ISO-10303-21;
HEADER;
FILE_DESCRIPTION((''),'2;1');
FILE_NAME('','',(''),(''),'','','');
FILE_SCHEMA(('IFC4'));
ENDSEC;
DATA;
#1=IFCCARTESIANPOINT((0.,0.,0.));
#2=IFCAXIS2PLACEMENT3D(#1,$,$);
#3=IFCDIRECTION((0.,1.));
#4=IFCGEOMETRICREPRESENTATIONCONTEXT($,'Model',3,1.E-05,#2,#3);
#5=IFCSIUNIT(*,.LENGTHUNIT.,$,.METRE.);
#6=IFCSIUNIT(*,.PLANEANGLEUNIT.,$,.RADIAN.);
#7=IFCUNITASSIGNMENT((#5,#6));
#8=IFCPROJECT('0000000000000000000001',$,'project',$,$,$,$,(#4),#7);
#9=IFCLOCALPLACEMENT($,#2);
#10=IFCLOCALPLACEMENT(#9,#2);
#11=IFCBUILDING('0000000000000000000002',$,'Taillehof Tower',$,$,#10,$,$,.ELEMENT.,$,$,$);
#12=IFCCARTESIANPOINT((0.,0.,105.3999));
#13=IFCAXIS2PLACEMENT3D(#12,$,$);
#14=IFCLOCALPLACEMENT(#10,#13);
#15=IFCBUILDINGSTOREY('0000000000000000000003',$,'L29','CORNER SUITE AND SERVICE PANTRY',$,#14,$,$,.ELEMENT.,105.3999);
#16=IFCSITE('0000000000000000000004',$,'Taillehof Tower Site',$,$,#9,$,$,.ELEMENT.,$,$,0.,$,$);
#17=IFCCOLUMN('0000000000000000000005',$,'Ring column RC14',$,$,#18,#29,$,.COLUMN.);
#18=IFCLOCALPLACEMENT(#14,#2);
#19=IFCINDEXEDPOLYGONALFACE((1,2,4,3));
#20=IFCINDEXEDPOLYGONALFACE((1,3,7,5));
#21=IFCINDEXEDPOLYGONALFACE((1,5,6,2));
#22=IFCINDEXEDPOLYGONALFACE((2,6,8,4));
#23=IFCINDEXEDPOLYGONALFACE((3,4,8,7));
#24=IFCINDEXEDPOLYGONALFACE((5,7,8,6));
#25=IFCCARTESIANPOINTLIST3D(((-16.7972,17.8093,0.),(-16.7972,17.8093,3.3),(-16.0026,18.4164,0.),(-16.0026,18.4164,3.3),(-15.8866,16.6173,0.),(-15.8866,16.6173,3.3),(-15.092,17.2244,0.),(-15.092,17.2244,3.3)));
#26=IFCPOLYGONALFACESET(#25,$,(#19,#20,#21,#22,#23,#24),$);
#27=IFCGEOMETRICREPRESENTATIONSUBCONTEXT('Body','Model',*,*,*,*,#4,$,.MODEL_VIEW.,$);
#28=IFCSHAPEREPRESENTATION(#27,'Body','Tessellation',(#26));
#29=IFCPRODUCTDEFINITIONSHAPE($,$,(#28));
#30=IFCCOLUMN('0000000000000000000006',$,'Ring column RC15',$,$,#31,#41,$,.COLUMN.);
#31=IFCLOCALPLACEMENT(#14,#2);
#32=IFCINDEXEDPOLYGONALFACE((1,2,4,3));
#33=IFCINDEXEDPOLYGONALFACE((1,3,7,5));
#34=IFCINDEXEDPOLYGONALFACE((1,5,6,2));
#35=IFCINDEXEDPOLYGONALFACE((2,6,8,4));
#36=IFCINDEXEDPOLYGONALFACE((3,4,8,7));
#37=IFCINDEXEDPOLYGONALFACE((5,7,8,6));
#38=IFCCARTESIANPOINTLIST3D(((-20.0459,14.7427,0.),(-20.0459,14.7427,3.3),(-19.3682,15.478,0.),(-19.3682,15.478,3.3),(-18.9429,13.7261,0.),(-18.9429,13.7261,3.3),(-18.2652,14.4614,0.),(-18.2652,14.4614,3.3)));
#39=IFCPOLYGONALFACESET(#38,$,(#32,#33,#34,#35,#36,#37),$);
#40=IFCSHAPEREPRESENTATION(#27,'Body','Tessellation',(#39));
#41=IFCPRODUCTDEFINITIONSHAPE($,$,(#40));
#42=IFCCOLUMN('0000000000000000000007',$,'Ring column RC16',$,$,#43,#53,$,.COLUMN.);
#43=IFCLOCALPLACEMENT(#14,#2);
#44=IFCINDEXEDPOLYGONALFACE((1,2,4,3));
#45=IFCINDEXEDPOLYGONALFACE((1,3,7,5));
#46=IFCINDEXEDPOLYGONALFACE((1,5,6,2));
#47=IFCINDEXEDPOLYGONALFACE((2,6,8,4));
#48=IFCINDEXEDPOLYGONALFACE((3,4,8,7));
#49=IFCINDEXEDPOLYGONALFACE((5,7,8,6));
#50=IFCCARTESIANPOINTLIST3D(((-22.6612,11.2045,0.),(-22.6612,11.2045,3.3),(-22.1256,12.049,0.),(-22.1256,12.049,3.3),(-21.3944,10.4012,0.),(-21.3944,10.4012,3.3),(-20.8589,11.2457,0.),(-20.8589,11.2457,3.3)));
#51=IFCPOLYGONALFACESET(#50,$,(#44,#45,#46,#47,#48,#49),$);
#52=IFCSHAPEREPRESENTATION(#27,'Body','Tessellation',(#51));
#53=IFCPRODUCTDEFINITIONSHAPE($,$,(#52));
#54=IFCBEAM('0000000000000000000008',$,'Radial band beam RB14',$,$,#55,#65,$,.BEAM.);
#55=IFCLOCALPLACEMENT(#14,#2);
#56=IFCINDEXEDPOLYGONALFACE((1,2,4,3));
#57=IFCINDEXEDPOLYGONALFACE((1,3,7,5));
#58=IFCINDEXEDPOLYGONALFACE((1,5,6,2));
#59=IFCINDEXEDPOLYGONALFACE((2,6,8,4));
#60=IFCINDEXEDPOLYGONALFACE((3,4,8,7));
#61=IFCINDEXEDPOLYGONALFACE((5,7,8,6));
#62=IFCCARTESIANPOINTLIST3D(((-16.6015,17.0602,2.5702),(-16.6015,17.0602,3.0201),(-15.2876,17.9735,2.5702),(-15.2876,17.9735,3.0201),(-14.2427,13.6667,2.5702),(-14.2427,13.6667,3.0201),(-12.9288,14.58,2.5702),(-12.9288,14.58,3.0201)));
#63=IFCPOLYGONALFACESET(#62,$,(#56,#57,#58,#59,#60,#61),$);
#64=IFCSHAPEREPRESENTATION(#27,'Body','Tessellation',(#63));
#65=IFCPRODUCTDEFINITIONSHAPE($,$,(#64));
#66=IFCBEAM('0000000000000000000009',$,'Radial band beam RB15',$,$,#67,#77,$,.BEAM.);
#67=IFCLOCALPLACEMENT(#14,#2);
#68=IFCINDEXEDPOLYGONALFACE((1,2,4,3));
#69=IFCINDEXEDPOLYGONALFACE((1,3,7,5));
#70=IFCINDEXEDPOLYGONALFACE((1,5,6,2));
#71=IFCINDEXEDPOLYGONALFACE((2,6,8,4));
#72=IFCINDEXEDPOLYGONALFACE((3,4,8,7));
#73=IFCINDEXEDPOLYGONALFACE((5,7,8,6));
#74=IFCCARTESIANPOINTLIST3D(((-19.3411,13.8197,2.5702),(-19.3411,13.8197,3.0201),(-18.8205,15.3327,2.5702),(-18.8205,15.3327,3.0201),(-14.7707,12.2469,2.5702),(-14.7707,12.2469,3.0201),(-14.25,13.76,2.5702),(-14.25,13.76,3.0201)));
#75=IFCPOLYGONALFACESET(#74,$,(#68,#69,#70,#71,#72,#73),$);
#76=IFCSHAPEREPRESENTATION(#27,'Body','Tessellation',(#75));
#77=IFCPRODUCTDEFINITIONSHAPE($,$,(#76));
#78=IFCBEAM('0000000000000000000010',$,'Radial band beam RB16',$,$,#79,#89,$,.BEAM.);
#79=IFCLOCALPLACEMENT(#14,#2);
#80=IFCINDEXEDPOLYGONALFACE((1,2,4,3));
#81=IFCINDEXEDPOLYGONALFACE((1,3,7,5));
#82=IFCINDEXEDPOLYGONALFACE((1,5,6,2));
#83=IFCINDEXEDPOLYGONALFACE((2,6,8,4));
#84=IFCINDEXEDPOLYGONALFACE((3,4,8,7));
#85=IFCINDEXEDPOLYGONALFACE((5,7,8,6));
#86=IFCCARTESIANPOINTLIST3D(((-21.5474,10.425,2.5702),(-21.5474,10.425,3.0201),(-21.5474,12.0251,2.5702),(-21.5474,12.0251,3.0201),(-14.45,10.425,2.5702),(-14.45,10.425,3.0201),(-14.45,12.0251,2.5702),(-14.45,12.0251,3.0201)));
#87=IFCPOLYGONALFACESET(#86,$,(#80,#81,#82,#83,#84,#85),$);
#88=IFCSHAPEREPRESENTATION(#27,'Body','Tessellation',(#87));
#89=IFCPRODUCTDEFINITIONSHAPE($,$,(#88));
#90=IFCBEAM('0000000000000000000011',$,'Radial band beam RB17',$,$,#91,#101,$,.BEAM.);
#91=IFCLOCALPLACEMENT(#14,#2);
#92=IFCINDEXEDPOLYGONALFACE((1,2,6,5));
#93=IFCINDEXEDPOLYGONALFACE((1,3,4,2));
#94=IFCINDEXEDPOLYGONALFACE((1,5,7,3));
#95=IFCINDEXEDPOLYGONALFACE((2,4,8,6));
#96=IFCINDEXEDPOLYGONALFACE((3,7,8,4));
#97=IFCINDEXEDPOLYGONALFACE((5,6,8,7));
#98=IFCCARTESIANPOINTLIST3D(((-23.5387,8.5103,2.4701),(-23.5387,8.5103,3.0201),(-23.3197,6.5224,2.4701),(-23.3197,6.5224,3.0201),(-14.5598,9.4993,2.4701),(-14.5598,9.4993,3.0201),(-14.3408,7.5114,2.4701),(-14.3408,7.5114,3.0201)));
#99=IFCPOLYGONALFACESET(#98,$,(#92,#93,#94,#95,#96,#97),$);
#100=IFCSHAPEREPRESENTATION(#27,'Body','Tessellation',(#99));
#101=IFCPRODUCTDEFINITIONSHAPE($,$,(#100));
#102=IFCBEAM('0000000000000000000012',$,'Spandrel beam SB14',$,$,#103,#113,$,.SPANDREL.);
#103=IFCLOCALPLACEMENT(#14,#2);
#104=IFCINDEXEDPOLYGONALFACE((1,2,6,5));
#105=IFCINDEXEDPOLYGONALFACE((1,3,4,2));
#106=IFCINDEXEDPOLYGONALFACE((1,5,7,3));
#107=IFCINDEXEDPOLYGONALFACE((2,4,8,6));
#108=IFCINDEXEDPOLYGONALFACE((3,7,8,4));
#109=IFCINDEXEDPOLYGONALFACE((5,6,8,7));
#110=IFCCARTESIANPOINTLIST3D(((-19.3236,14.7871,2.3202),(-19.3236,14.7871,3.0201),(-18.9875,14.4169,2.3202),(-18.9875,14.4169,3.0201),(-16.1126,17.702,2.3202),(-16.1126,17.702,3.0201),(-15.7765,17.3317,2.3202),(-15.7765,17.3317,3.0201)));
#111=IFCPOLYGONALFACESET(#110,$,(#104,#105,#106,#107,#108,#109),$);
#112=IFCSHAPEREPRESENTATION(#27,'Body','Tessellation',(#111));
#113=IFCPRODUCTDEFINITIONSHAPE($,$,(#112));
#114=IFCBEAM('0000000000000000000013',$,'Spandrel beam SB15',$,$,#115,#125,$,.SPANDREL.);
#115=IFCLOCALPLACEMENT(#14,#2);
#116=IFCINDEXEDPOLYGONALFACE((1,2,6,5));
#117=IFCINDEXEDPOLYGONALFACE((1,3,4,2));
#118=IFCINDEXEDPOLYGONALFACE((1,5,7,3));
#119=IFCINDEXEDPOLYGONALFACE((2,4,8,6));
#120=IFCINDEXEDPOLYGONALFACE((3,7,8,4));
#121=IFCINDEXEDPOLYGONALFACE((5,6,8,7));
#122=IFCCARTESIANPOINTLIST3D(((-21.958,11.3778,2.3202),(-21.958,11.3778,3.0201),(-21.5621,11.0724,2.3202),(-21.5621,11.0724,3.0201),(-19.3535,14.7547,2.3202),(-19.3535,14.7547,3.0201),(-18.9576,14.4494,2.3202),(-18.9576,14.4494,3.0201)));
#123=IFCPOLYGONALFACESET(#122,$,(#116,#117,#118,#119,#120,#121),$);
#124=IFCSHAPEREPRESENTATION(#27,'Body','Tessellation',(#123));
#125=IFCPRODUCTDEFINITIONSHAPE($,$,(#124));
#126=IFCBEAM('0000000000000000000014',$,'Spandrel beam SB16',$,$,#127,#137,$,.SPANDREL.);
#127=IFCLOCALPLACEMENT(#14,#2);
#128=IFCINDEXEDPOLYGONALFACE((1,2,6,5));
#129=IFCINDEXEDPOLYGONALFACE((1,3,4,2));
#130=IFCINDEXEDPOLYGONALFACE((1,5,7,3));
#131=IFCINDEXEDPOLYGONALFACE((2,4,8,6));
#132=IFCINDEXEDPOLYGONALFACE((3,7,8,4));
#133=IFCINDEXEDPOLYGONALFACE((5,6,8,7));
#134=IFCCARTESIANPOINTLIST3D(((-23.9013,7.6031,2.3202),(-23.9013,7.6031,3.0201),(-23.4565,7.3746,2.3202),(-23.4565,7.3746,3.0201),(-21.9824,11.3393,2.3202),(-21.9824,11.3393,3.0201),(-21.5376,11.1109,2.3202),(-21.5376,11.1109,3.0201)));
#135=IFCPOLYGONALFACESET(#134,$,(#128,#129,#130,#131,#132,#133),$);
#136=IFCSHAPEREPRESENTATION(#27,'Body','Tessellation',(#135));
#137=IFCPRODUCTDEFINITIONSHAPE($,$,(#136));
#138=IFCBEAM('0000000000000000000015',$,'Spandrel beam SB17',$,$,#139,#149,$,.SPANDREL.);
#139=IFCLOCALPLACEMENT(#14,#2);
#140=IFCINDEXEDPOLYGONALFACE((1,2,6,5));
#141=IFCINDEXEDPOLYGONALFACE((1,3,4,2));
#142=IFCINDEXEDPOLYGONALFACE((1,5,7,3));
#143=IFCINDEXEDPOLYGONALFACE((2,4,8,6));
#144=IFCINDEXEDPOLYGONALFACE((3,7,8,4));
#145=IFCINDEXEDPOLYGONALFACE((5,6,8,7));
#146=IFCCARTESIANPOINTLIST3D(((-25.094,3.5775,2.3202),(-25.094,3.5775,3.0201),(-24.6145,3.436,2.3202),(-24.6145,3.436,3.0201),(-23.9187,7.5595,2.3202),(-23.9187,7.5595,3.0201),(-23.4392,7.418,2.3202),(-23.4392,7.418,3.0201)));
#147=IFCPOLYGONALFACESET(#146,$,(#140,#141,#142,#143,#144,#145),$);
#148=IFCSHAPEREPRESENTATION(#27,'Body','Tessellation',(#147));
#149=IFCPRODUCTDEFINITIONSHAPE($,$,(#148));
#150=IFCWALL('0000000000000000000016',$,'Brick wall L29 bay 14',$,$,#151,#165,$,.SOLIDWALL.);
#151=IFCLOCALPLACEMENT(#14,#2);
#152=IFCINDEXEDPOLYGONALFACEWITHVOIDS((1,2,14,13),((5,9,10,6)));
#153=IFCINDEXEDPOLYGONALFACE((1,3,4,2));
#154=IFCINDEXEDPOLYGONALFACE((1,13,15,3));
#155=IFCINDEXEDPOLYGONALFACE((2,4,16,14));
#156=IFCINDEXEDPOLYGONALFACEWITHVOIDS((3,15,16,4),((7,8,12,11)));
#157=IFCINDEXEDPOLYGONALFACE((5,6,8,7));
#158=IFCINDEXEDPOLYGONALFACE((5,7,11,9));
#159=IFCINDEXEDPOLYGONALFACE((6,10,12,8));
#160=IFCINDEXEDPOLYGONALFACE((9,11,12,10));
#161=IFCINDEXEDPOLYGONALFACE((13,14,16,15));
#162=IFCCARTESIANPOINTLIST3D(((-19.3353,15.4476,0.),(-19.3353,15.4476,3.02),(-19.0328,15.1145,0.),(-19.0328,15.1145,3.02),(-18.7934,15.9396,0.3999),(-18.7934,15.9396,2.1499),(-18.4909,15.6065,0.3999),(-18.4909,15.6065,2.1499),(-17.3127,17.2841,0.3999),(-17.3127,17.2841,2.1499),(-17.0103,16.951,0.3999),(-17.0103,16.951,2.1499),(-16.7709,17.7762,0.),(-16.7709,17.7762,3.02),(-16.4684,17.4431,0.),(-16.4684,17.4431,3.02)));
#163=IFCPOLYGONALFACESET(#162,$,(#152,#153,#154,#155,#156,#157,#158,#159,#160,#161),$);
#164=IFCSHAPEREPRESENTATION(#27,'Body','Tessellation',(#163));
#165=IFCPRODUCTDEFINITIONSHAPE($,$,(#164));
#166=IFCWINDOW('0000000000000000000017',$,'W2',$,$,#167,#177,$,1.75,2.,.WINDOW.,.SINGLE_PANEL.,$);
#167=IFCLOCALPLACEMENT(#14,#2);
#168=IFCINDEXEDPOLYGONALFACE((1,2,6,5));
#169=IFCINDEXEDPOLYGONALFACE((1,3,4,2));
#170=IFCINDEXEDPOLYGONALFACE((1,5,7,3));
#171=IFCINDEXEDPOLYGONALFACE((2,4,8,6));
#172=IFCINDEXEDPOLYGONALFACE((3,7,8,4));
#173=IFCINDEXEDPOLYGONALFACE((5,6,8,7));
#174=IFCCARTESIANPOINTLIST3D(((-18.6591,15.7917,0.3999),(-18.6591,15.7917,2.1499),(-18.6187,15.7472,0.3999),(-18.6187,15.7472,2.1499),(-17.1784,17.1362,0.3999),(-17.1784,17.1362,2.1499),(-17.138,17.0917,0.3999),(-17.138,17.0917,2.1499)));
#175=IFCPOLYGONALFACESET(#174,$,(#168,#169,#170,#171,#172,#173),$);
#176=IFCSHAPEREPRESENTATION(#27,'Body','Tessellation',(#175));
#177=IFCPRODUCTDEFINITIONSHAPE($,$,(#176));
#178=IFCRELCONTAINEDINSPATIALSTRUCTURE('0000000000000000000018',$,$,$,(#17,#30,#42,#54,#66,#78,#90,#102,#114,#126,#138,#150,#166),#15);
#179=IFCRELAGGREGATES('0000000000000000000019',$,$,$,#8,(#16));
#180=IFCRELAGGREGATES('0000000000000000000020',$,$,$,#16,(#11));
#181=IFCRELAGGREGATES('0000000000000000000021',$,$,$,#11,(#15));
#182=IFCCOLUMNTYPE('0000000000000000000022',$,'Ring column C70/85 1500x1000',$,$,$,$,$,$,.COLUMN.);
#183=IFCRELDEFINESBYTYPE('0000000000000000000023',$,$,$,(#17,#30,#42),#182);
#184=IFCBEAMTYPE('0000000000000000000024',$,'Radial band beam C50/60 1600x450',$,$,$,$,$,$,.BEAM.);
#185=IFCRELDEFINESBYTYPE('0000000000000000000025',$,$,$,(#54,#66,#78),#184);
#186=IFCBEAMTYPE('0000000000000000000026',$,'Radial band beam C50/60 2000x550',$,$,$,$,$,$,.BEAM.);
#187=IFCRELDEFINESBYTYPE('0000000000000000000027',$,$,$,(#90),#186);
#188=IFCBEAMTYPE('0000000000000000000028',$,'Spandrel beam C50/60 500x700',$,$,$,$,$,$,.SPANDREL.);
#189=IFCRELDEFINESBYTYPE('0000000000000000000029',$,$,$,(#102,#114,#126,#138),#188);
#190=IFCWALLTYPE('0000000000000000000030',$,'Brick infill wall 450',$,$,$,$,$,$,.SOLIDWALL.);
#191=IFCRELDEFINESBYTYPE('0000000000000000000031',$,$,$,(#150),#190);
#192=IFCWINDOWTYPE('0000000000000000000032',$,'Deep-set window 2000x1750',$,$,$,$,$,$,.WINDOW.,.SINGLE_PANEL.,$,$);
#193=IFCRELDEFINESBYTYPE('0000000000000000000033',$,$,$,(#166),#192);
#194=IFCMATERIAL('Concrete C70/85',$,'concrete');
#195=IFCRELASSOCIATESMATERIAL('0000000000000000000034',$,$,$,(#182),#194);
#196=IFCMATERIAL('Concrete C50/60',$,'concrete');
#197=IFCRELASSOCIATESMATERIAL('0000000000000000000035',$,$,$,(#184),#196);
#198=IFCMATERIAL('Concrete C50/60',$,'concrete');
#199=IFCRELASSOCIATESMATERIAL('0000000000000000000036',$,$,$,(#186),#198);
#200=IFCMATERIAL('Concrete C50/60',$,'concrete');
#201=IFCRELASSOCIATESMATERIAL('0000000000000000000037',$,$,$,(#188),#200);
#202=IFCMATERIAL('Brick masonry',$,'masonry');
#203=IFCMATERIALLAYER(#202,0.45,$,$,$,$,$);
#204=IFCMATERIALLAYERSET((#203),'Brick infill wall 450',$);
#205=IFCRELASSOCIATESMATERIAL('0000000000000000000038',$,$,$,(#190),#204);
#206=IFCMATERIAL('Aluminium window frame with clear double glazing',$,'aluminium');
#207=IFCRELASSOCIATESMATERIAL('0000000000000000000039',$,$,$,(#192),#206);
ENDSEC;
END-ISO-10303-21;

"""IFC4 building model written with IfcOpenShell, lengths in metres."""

from ifc_helpers import new_model, si_unit, direction, frame, frame_2d, origin, origin_2d, place, context, subcontext, project, spatial, rectangle, extrude, material, layer, layer_set, material_profile, profile_set, type_object, element, fill, save


model = new_model("IFC4")

# Units and contexts
model_context = context("Model", 3, precision=1e-05, world=origin(), true_north=direction((0.0, 1.0)))
body_context = subcontext(model_context, "Body", "Model", "MODEL_VIEW")
ifc_project = project(units=[si_unit("LENGTHUNIT", "METRE"), si_unit("PLANEANGLEUNIT", "RADIAN")], contexts=[model_context])

# Site, building, storey
site_placement = place(None, origin())
site = spatial("IfcSite", under=ifc_project, at=site_placement, Name="Taillehof Tower Site", CompositionType="ELEMENT", RefElevation=0.0)
building_placement = place(site_placement, origin())
building = spatial("IfcBuilding", under=site, at=building_placement, Name="Taillehof Tower", CompositionType="ELEMENT")
storey_placement = place(building_placement, frame((0.0, 0.0, 105.3999)))
storey = spatial("IfcBuildingStorey", under=building, at=storey_placement, Name="L29", Description="CORNER SUITE AND SERVICE PANTRY", CompositionType="ELEMENT", Elevation=105.3999)

# Columns
ifc_material_1 = material(Name="Concrete C70/85", Category="concrete")
ifc_material_profile_1 = material_profile(ifc_material_1, rectangle(XDim=1.5, YDim=1.0, at=origin_2d()), Name="RC 1500x1000")
ifc_profile_set_1 = profile_set([ifc_material_profile_1], Name="Concrete C70/85")
column_type = type_object("IfcColumnType", Name="Ring column C70/85 1500x1000", PredefinedType="COLUMN", material=ifc_profile_set_1)
for number, where, z_axis, x_axis, name in (
    (1, (-15.9446, 17.5168, 0.0), (0.0, 0.0, 1.0), (-0.607074, 0.794645, 0.0), "Ring column RC14"),
    (2, (-19.1555, 14.6021, 0.0), (0.0, 0.0, 1.0), (-0.735332, 0.677707, 0.0), "Ring column RC15"),
    (3, (-21.76, 11.2251, 0.0), (0.0, 0.0, 1.0), (-0.844511, 0.535537, 0.0), "Ring column RC16"),
):
    element("IfcColumn", number, at=place(storey_placement, frame(where, z_axis=z_axis, x_axis=x_axis)), inside=storey, type_object=column_type, Name=name, PredefinedType="COLUMN", context=body_context, shape_type="SweptSolid", body=[
        extrude(rectangle(XDim=1.5, YDim=1.0, at=origin_2d()), origin(), (0.0, 0.0, 1.0), 3.3),
    ])

# Beams
ifc_material_2 = material(Name="Concrete C50/60", Category="concrete")
ifc_material_profile_2 = material_profile(ifc_material_2, rectangle(XDim=1.6001, YDim=0.45, at=origin_2d()), Name="RC 1600x450")
ifc_profile_set_2 = profile_set([ifc_material_profile_2], Name="Concrete C50/60")
beam_type_1 = type_object("IfcBeamType", Name="Radial band beam C50/60 1600x450", PredefinedType="BEAM", material=ifc_profile_set_2)
beam_1_placement = place(storey_placement, frame((-15.9446, 17.5168, 2.7952), z_axis=(0.570763, -0.821115, 0.0), x_axis=(0.821115, 0.570763, 0.0)))
element("IfcBeam", 4, at=beam_1_placement, inside=storey, type_object=beam_type_1, Name="Radial band beam RB14", PredefinedType="BEAM", context=body_context, shape_type="SweptSolid", body=[
    extrude(rectangle(XDim=1.6001, YDim=0.45, at=origin_2d()), origin(), (0.0, 0.0, 1.0), 4.1328),
])
beam_2_placement = place(storey_placement, frame((-19.0808, 14.5762, 2.7952), z_axis=(0.945583, -0.32538, 0.0), x_axis=(0.32538, 0.945583, 0.0)))
element("IfcBeam", 5, at=beam_2_placement, inside=storey, type_object=beam_type_1, Name="Radial band beam RB15", PredefinedType="BEAM", context=body_context, shape_type="SweptSolid", body=[
    extrude(rectangle(XDim=1.6001, YDim=0.45, at=origin_2d()), origin(), (0.0, 0.0, 1.0), 4.8335),
])
beam_3_placement = place(storey_placement, frame((-21.5474, 11.2251, 2.7952), z_axis=(1.0, 0.0, 0.0), x_axis=(0.0, 1.0, 0.0)))
element("IfcBeam", 6, at=beam_3_placement, inside=storey, type_object=beam_type_1, Name="Radial band beam RB16", PredefinedType="BEAM", context=body_context, shape_type="SweptSolid", body=[
    extrude(rectangle(XDim=1.6001, YDim=0.45, at=origin_2d()), origin(), (0.0, 0.0, 1.0), 7.0974),
])
ifc_material_3 = material(Name="Concrete C50/60", Category="concrete")
ifc_material_profile_3 = material_profile(ifc_material_3, rectangle(XDim=2.0, YDim=0.55, at=origin_2d()), Name="RC 2000x550")
ifc_profile_set_3 = profile_set([ifc_material_profile_3], Name="Concrete C50/60")
beam_type_2 = type_object("IfcBeamType", Name="Radial band beam C50/60 2000x550", PredefinedType="BEAM", material=ifc_profile_set_3)
beam_4_placement = place(storey_placement, frame((-23.4292, 7.5164, 2.7451), z_axis=(0.993988, 0.109485, 0.0), x_axis=(-0.109485, 0.993988, 0.0)))
element("IfcBeam", 7, at=beam_4_placement, inside=storey, type_object=beam_type_2, Name="Radial band beam RB17", PredefinedType="BEAM", context=body_context, shape_type="SweptSolid", body=[
    extrude(rectangle(XDim=2.0, YDim=0.55, at=origin_2d()), origin(), (0.0, 0.0, 1.0), 9.0332),
])
ifc_material_4 = material(Name="Concrete C50/60", Category="concrete")
ifc_material_profile_4 = material_profile(ifc_material_4, rectangle(XDim=0.5, YDim=0.7, at=origin_2d()), Name="RC 500x700")
ifc_profile_set_4 = profile_set([ifc_material_profile_4], Name="Concrete C50/60")
beam_type_3 = type_object("IfcBeamType", Name="Spandrel beam C50/60 500x700", PredefinedType="SPANDREL", material=ifc_profile_set_4)
beam_5_placement = place(storey_placement, frame((-15.9446, 17.5168, 2.6702), z_axis=(-0.740426, -0.672137, 0.0), x_axis=(0.672137, -0.740426, 0.0)))
element("IfcBeam", 8, at=beam_5_placement, inside=storey, type_object=beam_type_3, Name="Spandrel beam SB14", PredefinedType="SPANDREL", context=body_context, shape_type="SweptSolid", body=[
    extrude(rectangle(XDim=0.5, YDim=0.7, at=origin_2d()), origin(), (0.0, 0.0, 1.0), 4.3367),
])
beam_6_placement = place(storey_placement, frame((-19.1555, 14.6021, 2.6702), z_axis=(-0.610717, -0.791849, 0.0), x_axis=(0.791849, -0.610717, 0.0)))
element("IfcBeam", 9, at=beam_6_placement, inside=storey, type_object=beam_type_3, Name="Spandrel beam SB15", PredefinedType="SPANDREL", context=body_context, shape_type="SweptSolid", body=[
    extrude(rectangle(XDim=0.5, YDim=0.7, at=origin_2d()), origin(), (0.0, 0.0, 1.0), 4.2646),
])
beam_7_placement = place(storey_placement, frame((-21.76, 11.2251, 2.6702), z_axis=(-0.456859, -0.889539, 0.0), x_axis=(0.889539, -0.456859, 0.0)))
element("IfcBeam", 10, at=beam_7_placement, inside=storey, type_object=beam_type_3, Name="Spandrel beam SB16", PredefinedType="SPANDREL", context=body_context, shape_type="SweptSolid", body=[
    extrude(rectangle(XDim=0.5, YDim=0.7, at=origin_2d()), origin(), (0.0, 0.0, 1.0), 4.2002),
])
beam_8_placement = place(storey_placement, frame((-23.679, 7.4888, 2.6702), z_axis=(-0.283083, -0.959095, 0.0), x_axis=(0.959095, -0.283083, 0.0)))
element("IfcBeam", 11, at=beam_8_placement, inside=storey, type_object=beam_type_3, Name="Spandrel beam SB17", PredefinedType="SPANDREL", context=body_context, shape_type="SweptSolid", body=[
    extrude(rectangle(XDim=0.5, YDim=0.7, at=origin_2d()), origin(), (0.0, 0.0, 1.0), 4.1519),
])

# Wall, opening, window
ifc_material_5 = material(Name="Brick masonry", Category="masonry")
ifc_layer_1 = layer(ifc_material_5, 0.45)
ifc_layer_set_1 = layer_set([ifc_layer_1], Name="Brick infill wall 450")
wall_type_1 = type_object("IfcWallType", Name="Brick infill wall 450", PredefinedType="SOLIDWALL", material=ifc_layer_set_1)
wall_1_placement = place(storey_placement, frame((-16.6196, 17.6096, 0.0), z_axis=(0.0, 0.0, 1.0), x_axis=(-0.740329, -0.672245, 0.0)))
wall_1 = element("IfcWall", 12, at=wall_1_placement, inside=storey, type_object=wall_type_1, Name="Brick wall L29 bay 14", PredefinedType="SOLIDWALL", context=body_context, shape_type="SweptSolid", body=[
    extrude(rectangle(XDim=3.4639, YDim=0.45, at=frame_2d((1.7319, 0.0))), origin(), (0.0, 0.0, 1.0), 3.02),
])
opening_1_placement = place(wall_1_placement, frame((0.7319, 0.0, 0.3999)))
opening_1 = element("IfcOpeningElement", 13, at=opening_1_placement, cuts=wall_1, PredefinedType="OPENING", context=body_context, shape_type="SweptSolid", body=[
    extrude(rectangle(XDim=2.0, YDim=1.75, at=frame_2d((1.0, 0.875))), frame((0.0, 0.2349, 0.0), z_axis=(0.0, -1.0, 0.0), x_axis=(1.0, 0.0, 0.0)), (0.0, 0.0, 1.0), 0.47),
])
ifc_material_6 = material(Name="Aluminium window frame with clear double glazing", Category="aluminium")
window_type = type_object("IfcWindowType", Name="Deep-set window 2000x1750", PartitioningType="SINGLE_PANEL", PredefinedType="WINDOW", material=ifc_material_6)
window_1_placement = place(opening_1_placement, origin())
window_1 = element("IfcWindow", 14, at=window_1_placement, inside=storey, type_object=window_type, Name="W2", OverallHeight=1.75, OverallWidth=2.0, PartitioningType="SINGLE_PANEL", PredefinedType="WINDOW", context=body_context, shape_type="SweptSolid", body=[
    extrude(rectangle(XDim=2.0, YDim=1.75, at=frame_2d((1.0, 0.875))), frame((0.0, 0.0349, 0.0), z_axis=(0.0, -1.0, 0.0), x_axis=(1.0, 0.0, 0.0)), (0.0, 0.0, 1.0), 0.0601),
])
fill(opening_1, window_1)

save(model, "model.ifc")
